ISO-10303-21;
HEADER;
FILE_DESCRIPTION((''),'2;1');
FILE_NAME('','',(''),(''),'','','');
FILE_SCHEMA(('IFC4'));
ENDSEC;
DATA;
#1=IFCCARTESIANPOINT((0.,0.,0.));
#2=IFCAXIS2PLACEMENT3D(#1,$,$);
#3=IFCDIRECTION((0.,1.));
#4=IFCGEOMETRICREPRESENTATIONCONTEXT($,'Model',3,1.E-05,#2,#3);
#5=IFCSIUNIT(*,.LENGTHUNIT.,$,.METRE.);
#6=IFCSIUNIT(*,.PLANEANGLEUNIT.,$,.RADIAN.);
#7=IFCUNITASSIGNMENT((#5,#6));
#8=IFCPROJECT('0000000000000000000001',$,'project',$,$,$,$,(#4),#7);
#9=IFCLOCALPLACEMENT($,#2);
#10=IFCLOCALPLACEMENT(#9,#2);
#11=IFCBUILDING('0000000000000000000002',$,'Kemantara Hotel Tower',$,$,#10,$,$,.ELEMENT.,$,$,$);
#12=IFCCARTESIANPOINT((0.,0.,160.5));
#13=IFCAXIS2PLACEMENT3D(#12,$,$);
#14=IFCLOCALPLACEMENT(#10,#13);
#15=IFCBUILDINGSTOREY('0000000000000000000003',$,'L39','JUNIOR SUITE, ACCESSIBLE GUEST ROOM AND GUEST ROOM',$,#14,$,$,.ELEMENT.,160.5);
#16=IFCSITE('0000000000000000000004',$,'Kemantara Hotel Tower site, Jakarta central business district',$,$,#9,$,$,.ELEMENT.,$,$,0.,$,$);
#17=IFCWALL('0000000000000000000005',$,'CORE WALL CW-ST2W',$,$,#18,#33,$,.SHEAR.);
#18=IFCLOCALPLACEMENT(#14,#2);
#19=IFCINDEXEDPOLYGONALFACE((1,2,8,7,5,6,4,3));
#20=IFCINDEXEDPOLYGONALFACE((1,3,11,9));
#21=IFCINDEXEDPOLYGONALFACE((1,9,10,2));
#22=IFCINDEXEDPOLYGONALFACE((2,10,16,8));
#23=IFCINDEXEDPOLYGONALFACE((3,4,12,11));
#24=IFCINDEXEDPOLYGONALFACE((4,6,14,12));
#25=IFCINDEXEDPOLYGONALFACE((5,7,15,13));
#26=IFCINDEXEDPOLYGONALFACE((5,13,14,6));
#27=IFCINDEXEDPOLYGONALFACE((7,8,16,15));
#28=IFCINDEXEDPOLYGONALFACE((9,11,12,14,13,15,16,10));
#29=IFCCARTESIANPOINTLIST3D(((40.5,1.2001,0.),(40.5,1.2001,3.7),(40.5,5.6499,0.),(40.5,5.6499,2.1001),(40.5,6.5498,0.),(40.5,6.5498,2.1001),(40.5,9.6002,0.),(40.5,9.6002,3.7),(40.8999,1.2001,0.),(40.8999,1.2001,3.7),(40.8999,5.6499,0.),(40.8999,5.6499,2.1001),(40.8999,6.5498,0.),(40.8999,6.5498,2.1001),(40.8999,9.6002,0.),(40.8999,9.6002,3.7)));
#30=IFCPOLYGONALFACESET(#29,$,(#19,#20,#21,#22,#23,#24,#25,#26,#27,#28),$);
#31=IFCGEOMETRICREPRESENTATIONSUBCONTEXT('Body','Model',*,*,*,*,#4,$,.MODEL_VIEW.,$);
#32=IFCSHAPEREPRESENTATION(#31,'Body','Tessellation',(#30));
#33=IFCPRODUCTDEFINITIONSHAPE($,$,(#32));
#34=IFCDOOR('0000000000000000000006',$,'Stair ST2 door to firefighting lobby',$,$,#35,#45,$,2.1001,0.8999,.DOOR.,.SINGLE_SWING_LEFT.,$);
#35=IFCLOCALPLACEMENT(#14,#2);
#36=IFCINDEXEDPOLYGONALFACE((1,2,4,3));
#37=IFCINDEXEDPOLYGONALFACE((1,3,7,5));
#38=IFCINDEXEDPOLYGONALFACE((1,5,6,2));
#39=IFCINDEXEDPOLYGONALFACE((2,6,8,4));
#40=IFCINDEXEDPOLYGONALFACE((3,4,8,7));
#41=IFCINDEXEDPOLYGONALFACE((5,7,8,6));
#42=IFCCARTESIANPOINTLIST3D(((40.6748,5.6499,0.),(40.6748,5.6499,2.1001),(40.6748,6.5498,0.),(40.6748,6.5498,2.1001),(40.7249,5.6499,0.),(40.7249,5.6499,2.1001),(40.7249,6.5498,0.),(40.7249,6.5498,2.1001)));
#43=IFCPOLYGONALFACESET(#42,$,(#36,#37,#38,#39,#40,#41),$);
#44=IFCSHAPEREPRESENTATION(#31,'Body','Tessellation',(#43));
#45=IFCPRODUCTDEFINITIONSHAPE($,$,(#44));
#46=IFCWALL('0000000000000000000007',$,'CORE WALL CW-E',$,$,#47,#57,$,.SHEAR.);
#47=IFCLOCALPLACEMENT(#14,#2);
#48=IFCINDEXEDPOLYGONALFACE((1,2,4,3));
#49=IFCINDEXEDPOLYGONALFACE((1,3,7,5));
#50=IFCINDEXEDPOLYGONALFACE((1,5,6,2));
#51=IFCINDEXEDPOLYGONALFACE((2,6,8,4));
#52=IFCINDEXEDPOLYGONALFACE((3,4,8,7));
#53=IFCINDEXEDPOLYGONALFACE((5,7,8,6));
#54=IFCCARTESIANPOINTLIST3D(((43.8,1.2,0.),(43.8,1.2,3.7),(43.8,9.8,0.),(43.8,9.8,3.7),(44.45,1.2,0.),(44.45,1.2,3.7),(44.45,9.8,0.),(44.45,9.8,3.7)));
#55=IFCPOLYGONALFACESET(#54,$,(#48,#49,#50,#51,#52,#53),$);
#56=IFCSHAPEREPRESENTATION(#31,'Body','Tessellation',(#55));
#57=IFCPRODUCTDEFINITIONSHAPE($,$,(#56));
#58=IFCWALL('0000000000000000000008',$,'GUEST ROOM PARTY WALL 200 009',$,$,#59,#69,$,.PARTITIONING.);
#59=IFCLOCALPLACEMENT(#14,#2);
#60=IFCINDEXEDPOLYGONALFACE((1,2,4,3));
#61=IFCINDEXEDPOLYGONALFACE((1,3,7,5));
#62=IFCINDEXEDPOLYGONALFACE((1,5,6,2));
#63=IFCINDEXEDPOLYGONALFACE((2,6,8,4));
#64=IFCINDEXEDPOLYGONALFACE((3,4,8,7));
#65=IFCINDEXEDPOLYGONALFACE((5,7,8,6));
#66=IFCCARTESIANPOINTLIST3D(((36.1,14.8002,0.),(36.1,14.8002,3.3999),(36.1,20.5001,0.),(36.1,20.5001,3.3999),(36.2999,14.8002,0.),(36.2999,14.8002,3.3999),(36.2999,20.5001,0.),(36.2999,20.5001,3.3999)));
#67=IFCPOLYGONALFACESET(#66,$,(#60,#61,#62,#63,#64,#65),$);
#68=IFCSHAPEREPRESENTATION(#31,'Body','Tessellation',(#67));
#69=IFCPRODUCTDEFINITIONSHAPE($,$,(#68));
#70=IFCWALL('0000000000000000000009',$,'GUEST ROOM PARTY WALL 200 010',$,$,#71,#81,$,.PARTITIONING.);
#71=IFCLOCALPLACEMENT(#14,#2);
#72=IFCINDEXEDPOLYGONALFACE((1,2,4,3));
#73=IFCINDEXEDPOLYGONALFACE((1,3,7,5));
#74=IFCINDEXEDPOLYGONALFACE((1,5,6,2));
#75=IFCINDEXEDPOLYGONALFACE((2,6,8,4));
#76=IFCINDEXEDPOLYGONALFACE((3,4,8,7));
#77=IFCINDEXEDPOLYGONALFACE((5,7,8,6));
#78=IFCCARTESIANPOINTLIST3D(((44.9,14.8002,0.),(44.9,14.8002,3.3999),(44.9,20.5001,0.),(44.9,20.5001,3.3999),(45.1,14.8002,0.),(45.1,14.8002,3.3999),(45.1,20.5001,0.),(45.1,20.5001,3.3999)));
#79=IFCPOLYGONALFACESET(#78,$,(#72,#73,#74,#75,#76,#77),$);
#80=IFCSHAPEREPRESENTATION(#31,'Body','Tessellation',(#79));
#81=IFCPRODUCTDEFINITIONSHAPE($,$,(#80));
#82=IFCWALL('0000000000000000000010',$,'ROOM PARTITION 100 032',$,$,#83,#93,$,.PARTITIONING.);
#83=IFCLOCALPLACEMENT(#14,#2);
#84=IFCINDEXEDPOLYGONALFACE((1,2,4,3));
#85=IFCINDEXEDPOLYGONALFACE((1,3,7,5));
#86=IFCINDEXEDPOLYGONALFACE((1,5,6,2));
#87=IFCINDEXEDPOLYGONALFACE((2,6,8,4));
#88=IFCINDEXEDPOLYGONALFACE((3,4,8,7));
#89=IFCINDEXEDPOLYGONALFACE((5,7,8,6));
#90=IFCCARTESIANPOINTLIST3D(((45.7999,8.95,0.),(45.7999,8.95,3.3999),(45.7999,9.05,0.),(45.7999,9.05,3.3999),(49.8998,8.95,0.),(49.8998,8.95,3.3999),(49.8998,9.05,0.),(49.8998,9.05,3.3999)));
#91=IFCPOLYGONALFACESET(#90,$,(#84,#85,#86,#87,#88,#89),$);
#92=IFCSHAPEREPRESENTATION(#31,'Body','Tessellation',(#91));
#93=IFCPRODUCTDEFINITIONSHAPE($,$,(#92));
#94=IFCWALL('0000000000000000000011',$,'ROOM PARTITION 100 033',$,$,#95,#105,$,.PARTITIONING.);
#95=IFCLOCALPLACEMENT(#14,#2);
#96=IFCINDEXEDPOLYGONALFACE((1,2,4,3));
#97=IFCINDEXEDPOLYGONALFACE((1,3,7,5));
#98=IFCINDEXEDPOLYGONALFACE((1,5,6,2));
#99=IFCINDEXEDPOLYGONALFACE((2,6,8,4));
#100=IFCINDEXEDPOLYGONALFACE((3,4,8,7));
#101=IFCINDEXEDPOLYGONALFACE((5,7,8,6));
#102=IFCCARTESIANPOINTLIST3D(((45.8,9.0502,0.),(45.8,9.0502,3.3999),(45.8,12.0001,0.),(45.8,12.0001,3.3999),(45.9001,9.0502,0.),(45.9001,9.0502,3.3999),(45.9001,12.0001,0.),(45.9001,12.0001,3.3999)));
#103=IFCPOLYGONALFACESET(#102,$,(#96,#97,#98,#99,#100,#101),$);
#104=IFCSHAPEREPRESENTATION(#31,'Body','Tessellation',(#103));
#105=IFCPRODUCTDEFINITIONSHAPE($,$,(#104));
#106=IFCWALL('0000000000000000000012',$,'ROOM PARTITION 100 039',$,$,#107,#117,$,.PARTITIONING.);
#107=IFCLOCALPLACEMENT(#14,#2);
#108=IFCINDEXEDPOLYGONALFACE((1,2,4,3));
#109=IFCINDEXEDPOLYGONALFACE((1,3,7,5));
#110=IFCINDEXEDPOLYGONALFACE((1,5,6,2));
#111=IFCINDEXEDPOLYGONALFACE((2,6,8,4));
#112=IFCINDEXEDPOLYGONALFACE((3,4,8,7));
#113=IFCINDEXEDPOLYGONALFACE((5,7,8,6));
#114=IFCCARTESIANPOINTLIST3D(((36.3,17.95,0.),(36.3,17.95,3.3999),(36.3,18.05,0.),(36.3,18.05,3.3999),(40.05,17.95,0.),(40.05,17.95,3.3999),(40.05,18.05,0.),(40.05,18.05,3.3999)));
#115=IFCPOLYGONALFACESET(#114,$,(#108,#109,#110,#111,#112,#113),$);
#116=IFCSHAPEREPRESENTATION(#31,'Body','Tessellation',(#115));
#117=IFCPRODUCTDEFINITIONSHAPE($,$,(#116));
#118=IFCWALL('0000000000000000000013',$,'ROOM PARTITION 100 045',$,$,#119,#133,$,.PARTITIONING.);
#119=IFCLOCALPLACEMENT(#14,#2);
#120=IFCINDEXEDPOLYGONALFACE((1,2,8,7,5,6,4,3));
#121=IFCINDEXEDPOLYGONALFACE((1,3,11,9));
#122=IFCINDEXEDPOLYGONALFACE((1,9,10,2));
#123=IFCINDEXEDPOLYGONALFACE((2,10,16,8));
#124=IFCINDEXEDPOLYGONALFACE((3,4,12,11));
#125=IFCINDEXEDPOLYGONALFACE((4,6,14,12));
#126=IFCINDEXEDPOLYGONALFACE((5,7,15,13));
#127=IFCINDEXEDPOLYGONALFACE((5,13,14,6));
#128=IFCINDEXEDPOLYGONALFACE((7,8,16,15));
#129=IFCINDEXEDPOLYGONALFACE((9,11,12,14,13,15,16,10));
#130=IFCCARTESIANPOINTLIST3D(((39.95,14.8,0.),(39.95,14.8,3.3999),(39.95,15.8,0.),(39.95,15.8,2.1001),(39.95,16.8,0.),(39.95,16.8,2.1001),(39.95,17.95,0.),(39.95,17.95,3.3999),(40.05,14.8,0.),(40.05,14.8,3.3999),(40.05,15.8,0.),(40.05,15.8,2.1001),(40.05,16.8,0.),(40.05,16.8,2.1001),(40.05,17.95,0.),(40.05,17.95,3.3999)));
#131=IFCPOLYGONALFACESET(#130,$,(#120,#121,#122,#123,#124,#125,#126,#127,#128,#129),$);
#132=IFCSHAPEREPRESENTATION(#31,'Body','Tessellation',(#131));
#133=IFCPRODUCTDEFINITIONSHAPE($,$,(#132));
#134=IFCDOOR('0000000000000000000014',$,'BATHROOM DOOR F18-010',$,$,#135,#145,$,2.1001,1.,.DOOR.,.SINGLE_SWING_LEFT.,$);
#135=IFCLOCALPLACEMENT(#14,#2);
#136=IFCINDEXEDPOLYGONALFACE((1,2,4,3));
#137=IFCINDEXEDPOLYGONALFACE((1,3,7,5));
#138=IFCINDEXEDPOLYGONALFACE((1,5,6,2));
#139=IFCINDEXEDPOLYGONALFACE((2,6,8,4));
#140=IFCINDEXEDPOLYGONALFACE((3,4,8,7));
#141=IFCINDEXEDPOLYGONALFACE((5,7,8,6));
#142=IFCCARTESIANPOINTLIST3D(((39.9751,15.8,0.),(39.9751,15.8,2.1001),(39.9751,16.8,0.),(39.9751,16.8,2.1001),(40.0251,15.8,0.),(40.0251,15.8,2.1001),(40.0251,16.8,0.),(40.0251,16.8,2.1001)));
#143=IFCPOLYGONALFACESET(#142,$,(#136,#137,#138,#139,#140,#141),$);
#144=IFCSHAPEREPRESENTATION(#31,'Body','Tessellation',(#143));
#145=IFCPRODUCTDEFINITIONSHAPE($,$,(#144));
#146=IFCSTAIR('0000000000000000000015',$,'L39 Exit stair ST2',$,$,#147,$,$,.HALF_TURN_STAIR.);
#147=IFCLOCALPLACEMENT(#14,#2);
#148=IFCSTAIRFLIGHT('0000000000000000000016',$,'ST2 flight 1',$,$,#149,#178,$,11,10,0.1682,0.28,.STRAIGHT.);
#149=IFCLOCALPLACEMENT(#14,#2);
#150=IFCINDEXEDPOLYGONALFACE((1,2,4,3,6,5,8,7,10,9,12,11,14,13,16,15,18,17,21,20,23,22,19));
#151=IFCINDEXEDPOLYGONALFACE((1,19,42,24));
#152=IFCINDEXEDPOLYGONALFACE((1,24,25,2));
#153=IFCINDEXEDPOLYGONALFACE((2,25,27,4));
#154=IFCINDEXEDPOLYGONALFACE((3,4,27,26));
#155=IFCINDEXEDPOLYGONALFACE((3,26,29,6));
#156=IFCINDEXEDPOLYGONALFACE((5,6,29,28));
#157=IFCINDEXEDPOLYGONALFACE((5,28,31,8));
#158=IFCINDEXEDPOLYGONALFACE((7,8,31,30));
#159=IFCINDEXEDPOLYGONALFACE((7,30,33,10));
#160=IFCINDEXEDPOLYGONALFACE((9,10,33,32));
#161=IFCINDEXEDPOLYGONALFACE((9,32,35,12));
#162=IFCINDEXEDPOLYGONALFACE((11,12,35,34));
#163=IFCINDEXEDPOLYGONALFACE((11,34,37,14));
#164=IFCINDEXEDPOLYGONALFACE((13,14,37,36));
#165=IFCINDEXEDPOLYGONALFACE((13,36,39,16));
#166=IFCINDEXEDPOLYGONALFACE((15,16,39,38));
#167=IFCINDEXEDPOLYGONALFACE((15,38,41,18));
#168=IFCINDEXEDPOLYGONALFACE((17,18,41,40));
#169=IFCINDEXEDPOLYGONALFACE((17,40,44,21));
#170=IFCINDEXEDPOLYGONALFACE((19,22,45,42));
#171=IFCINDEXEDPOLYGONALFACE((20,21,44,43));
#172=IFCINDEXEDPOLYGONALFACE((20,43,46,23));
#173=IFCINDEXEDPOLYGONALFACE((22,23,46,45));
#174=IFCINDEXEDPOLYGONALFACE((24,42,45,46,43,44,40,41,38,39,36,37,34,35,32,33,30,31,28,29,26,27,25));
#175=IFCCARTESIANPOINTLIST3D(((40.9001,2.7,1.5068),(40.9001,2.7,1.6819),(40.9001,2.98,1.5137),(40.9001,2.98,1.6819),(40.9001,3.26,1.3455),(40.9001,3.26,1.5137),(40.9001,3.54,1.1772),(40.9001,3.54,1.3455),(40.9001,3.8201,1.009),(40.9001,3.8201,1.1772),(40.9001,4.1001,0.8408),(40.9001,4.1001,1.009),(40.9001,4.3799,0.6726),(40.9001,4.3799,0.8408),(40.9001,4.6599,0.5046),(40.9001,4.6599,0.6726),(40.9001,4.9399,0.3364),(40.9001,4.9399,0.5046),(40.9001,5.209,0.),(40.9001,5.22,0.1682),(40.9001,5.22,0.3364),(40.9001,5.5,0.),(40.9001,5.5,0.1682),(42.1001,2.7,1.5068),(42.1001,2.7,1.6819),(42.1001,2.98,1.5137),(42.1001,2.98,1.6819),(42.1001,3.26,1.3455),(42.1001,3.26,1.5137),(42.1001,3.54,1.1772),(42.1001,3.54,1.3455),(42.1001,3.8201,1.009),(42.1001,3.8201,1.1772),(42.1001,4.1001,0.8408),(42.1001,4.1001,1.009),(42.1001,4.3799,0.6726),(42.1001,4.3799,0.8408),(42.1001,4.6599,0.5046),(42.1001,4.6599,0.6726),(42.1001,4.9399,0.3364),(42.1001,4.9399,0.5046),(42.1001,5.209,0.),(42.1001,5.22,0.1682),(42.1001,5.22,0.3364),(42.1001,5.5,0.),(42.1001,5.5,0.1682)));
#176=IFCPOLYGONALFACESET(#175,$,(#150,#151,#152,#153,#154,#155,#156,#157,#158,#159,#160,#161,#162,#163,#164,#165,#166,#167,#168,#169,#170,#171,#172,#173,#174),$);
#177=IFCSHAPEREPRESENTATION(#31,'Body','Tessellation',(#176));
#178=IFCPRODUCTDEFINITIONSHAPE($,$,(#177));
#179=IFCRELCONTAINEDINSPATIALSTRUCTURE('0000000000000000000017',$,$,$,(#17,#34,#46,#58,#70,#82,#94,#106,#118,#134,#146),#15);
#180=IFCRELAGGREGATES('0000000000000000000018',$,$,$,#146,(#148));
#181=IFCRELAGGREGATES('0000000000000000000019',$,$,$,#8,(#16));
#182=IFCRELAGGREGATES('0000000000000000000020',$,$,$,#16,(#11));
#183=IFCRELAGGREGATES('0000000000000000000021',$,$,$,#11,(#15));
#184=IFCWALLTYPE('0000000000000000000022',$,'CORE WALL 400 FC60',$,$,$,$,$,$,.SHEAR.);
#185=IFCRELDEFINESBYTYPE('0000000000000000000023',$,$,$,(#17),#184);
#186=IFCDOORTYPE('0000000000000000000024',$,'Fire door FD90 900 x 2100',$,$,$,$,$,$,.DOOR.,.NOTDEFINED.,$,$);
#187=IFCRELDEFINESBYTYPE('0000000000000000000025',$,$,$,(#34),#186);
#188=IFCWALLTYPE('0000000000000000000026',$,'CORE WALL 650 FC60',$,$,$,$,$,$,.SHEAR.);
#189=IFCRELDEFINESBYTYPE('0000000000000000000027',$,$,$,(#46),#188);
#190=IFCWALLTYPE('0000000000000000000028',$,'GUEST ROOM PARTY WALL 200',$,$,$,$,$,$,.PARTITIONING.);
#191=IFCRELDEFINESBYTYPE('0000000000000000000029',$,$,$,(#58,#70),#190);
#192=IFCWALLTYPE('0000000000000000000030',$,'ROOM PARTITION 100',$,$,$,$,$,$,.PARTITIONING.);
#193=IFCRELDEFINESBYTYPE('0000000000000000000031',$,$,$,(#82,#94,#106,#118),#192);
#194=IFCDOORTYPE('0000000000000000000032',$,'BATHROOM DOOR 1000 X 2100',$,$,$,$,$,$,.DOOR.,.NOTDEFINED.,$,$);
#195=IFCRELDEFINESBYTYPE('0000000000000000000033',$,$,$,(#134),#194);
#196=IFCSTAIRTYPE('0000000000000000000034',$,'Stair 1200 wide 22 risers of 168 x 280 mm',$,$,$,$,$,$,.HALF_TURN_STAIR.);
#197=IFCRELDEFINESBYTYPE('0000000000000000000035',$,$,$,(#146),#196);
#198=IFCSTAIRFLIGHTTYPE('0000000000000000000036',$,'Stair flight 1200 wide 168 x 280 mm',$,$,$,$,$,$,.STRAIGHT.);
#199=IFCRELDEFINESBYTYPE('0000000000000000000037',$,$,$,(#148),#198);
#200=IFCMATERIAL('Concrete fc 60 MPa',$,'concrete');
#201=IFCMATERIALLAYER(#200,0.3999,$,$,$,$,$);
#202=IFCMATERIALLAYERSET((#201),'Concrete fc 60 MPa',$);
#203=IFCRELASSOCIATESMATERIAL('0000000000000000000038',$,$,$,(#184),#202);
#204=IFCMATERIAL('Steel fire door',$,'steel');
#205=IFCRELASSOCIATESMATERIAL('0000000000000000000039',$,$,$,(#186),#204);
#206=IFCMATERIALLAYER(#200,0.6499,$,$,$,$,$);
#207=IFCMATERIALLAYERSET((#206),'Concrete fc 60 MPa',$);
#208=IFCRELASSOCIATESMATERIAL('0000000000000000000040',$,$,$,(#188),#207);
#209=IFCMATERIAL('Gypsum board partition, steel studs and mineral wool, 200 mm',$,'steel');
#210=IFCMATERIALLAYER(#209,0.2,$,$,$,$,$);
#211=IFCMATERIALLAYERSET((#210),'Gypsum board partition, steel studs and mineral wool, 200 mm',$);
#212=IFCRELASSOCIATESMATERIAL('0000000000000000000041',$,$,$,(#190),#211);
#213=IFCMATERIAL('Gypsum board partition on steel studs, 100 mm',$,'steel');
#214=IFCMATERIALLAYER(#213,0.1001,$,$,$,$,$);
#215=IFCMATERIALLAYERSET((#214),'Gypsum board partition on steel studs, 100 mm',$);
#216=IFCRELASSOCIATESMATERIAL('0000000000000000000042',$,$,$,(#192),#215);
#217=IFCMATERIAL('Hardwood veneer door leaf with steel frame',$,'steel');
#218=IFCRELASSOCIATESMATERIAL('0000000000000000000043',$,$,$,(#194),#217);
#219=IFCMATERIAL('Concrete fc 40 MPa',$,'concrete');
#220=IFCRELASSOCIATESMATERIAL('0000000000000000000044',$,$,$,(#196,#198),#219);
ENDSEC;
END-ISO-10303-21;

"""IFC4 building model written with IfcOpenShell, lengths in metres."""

from ifc_helpers import new_model, si_unit, direction, frame, frame_2d, origin, place, context, subcontext, project, spatial, polyline, rectangle, outline, extrude, material, layer, layer_set, type_object, element, fill, aggregate, save


model = new_model("IFC4")

# Units and contexts
model_context = context("Model", 3, precision=1e-05, world=origin(), true_north=direction((0.0, 1.0)))
body_context = subcontext(model_context, "Body", "Model", "MODEL_VIEW")
ifc_project = project(units=[si_unit("LENGTHUNIT", "METRE"), si_unit("PLANEANGLEUNIT", "RADIAN")], contexts=[model_context])

# Site, building, storey
site_placement = place(None, origin())
site = spatial("IfcSite", under=ifc_project, at=site_placement, Name="Kemantara Hotel Tower site, Jakarta central business district", CompositionType="ELEMENT", RefElevation=0.0)
building_placement = place(site_placement, origin())
building = spatial("IfcBuilding", under=site, at=building_placement, Name="Kemantara Hotel Tower", CompositionType="ELEMENT")
storey_placement = place(building_placement, frame((0.0, 0.0, 160.5)))
storey = spatial("IfcBuildingStorey", under=building, at=storey_placement, Name="L39", Description="JUNIOR SUITE, ACCESSIBLE GUEST ROOM AND GUEST ROOM", CompositionType="ELEMENT", Elevation=160.5)

# Shared definitions
ifc_material_1 = material(Name="Concrete fc 60 MPa", Category="concrete")

# Wall, opening, door
ifc_layer_1 = layer(ifc_material_1, 0.3999)
ifc_layer_set_1 = layer_set([ifc_layer_1], Name="Concrete fc 60 MPa")
wall_type_1 = type_object("IfcWallType", Name="CORE WALL 400 FC60", PredefinedType="SHEAR", material=ifc_layer_set_1)
ifc_material_2 = material(Name="Steel fire door", Category="steel")
wall_1_placement = place(storey_placement, frame((40.7, 1.2, 0.0), z_axis=(0.0, 0.0, 1.0), x_axis=(0.0, 1.0, 0.0)))
wall_1 = element("IfcWall", 1, at=wall_1_placement, inside=storey, type_object=wall_type_1, Name="CORE WALL CW-ST2W", PredefinedType="SHEAR", context=body_context, shape_type="SweptSolid", body=[
    extrude(rectangle(XDim=8.4001, YDim=0.3999, at=frame_2d((4.2002, 0.0))), origin(), (0.0, 0.0, 1.0), 3.7),
])
opening_1_placement = place(wall_1_placement, frame((4.45, 0.0, 0.0)))
opening_1 = element("IfcOpeningElement", 2, at=opening_1_placement, cuts=wall_1, PredefinedType="OPENING", context=body_context, shape_type="SweptSolid", body=[
    extrude(rectangle(XDim=0.8999, YDim=2.1001, at=frame_2d((0.45, 1.05))), frame((0.0, 0.21, 0.0), z_axis=(0.0, -1.0, 0.0), x_axis=(1.0, 0.0, 0.0)), (0.0, 0.0, 1.0), 0.4199),
])
door_type_1 = type_object("IfcDoorType", Name="Fire door FD90 900 x 2100", OperationType="NOTDEFINED", PredefinedType="DOOR", material=ifc_material_2)
door_1_placement = place(opening_1_placement, frame((0.8999, 0.0, 0.0), z_axis=(0.0, 0.0, 1.0), x_axis=(-1.0, 0.0, 0.0)))
door_1 = element("IfcDoor", 3, at=door_1_placement, inside=storey, type_object=door_type_1, Name="Stair ST2 door to firefighting lobby", OperationType="SINGLE_SWING_LEFT", OverallHeight=2.1001, OverallWidth=0.8999, PredefinedType="DOOR", context=body_context, shape_type="SweptSolid", body=[
    extrude(rectangle(XDim=0.8999, YDim=2.1001, at=frame_2d((0.45, 1.05))), frame((0.0, 0.0249, 0.0), z_axis=(0.0, -1.0, 0.0), x_axis=(1.0, 0.0, 0.0)), (0.0, 0.0, 1.0), 0.05),
])
fill(opening_1, door_1)

# Walls
ifc_layer_2 = layer(ifc_material_1, 0.6499)
ifc_layer_set_2 = layer_set([ifc_layer_2], Name="Concrete fc 60 MPa")
wall_type_2 = type_object("IfcWallType", Name="CORE WALL 650 FC60", PredefinedType="SHEAR", material=ifc_layer_set_2)
wall_2_placement = place(storey_placement, frame((44.125, 1.2, 0.0), z_axis=(0.0, 0.0, 1.0), x_axis=(0.0, 1.0, 0.0)))
element("IfcWall", 4, at=wall_2_placement, inside=storey, type_object=wall_type_2, Name="CORE WALL CW-E", PredefinedType="SHEAR", context=body_context, shape_type="SweptSolid", body=[
    extrude(rectangle(XDim=8.6001, YDim=0.6499, at=frame_2d((4.3, 0.0))), origin(), (0.0, 0.0, 1.0), 3.7),
])
ifc_material_3 = material(Name="Gypsum board partition, steel studs and mineral wool, 200 mm", Category="steel")
ifc_layer_3 = layer(ifc_material_3, 0.2)
ifc_layer_set_3 = layer_set([ifc_layer_3], Name="Gypsum board partition, steel studs and mineral wool, 200 mm")
wall_type_3 = type_object("IfcWallType", Name="GUEST ROOM PARTY WALL 200", PredefinedType="PARTITIONING", material=ifc_layer_set_3)
for number, where, z_axis, x_axis, name in (
    (5, (36.2, 14.8, 0.0), (0.0, 0.0, 1.0), (0.0, 1.0, 0.0), "GUEST ROOM PARTY WALL 200 009"),
    (6, (45.0, 14.8, 0.0), (0.0, 0.0, 1.0), (0.0, 1.0, 0.0), "GUEST ROOM PARTY WALL 200 010"),
):
    element("IfcWall", number, at=place(storey_placement, frame(where, z_axis=z_axis, x_axis=x_axis)), inside=storey, type_object=wall_type_3, Name=name, PredefinedType="PARTITIONING", context=body_context, shape_type="SweptSolid", body=[
        extrude(rectangle(XDim=5.7, YDim=0.2, at=frame_2d((2.8501, 0.0))), origin(), (0.0, 0.0, 1.0), 3.3999),
    ])
ifc_material_4 = material(Name="Gypsum board partition on steel studs, 100 mm", Category="steel")
ifc_layer_4 = layer(ifc_material_4, 0.1001)
ifc_layer_set_4 = layer_set([ifc_layer_4], Name="Gypsum board partition on steel studs, 100 mm")
wall_type_4 = type_object("IfcWallType", Name="ROOM PARTITION 100", PredefinedType="PARTITIONING", material=ifc_layer_set_4)
wall_3_placement = place(storey_placement, frame((45.8, 9.0, 0.0), z_axis=(0.0, 0.0, 1.0), x_axis=(1.0, 0.0, 0.0)))
element("IfcWall", 7, at=wall_3_placement, inside=storey, type_object=wall_type_4, Name="ROOM PARTITION 100 032", PredefinedType="PARTITIONING", context=body_context, shape_type="SweptSolid", body=[
    extrude(rectangle(XDim=4.0999, YDim=0.1001, at=frame_2d((2.0498, 0.0))), origin(), (0.0, 0.0, 1.0), 3.3999),
])
wall_4_placement = place(storey_placement, frame((45.8501, 9.05, 0.0), z_axis=(0.0, 0.0, 1.0), x_axis=(0.0, 1.0, 0.0)))
element("IfcWall", 8, at=wall_4_placement, inside=storey, type_object=wall_type_4, Name="ROOM PARTITION 100 033", PredefinedType="PARTITIONING", context=body_context, shape_type="SweptSolid", body=[
    extrude(rectangle(XDim=2.95, YDim=0.1001, at=frame_2d((1.4751, 0.0))), origin(), (0.0, 0.0, 1.0), 3.3999),
])
wall_5_placement = place(storey_placement, frame((36.3, 18.0, 0.0), z_axis=(0.0, 0.0, 1.0), x_axis=(1.0, 0.0, 0.0)))
element("IfcWall", 9, at=wall_5_placement, inside=storey, type_object=wall_type_4, Name="ROOM PARTITION 100 039", PredefinedType="PARTITIONING", context=body_context, shape_type="SweptSolid", body=[
    extrude(rectangle(XDim=3.75, YDim=0.1001, at=frame_2d((1.875, 0.0))), origin(), (0.0, 0.0, 1.0), 3.3999),
])

# Wall, opening, door
wall_6_placement = place(storey_placement, frame((40.0, 14.8, 0.0), z_axis=(0.0, 0.0, 1.0), x_axis=(0.0, 1.0, 0.0)))
wall_6 = element("IfcWall", 10, at=wall_6_placement, inside=storey, type_object=wall_type_4, Name="ROOM PARTITION 100 045", PredefinedType="PARTITIONING", context=body_context, shape_type="SweptSolid", body=[
    extrude(rectangle(XDim=3.1499, YDim=0.1001, at=frame_2d((1.575, 0.0))), origin(), (0.0, 0.0, 1.0), 3.3999),
])
opening_2_placement = place(wall_6_placement, frame((1.0, 0.0, 0.0)))
opening_2 = element("IfcOpeningElement", 11, at=opening_2_placement, cuts=wall_6, PredefinedType="OPENING", context=body_context, shape_type="SweptSolid", body=[
    extrude(rectangle(XDim=1.0, YDim=2.1001, at=frame_2d((0.5, 1.05))), frame((0.0, 0.0601, 0.0), z_axis=(0.0, -1.0, 0.0), x_axis=(1.0, 0.0, 0.0)), (0.0, 0.0, 1.0), 0.1201),
])
ifc_material_5 = material(Name="Hardwood veneer door leaf with steel frame", Category="steel")
door_type_2 = type_object("IfcDoorType", Name="BATHROOM DOOR 1000 X 2100", OperationType="NOTDEFINED", PredefinedType="DOOR", material=ifc_material_5)
door_2_placement = place(opening_2_placement, origin())
door_2 = element("IfcDoor", 12, at=door_2_placement, inside=storey, type_object=door_type_2, Name="BATHROOM DOOR F18-010", OperationType="SINGLE_SWING_LEFT", OverallHeight=2.1001, OverallWidth=1.0, PredefinedType="DOOR", context=body_context, shape_type="SweptSolid", body=[
    extrude(rectangle(XDim=1.0, YDim=2.1001, at=frame_2d((0.5, 1.05))), frame((0.0, 0.0249, 0.0), z_axis=(0.0, -1.0, 0.0), x_axis=(1.0, 0.0, 0.0)), (0.0, 0.0, 1.0), 0.05),
])
fill(opening_2, door_2)

# Stair, stair flight
ifc_material_6 = material(Name="Concrete fc 40 MPa", Category="concrete")
stair_type = type_object("IfcStairType", Name="Stair 1200 wide 22 risers of 168 x 280 mm", PredefinedType="HALF_TURN_STAIR", material=ifc_material_6)
stair_placement = place(storey_placement, origin())
stair = element("IfcStair", 13, at=stair_placement, inside=storey, type_object=stair_type, Name="L39 Exit stair ST2", PredefinedType="HALF_TURN_STAIR")
stair_flight_type = type_object("IfcStairFlightType", Name="Stair flight 1200 wide 168 x 280 mm", PredefinedType="STRAIGHT", material=ifc_material_6)
stair_flight_1_placement = place(storey_placement, frame((41.5, 5.5, 0.0), z_axis=(0.0, 0.0, 1.0), x_axis=(0.0, -1.0, 0.0)))
stair_flight_1 = element("IfcStairFlight", 14, at=stair_flight_1_placement, type_object=stair_flight_type, Name="ST2 flight 1", NumberOfRisers=11, NumberOfTreads=10, PredefinedType="STRAIGHT", RiserHeight=0.1682, TreadLength=0.28, context=body_context, shape_type="SweptSolid", body=[
    extrude(outline(polyline([(0.0, 0.0), (0.0, 0.1682), (0.28, 0.1682), (0.28, 0.3364), (0.5601, 0.3364), (0.5601, 0.5046), (0.8401, 0.5046), (0.8401, 0.6726), (1.1201, 0.6726), (1.1201, 0.8408), (1.3999, 0.8408), (1.3999, 1.009), (1.6799, 1.009), (1.6799, 1.1772), (1.96, 1.1772), (1.96, 1.3455), (2.24, 1.3455), (2.24, 1.5137), (2.52, 1.5137), (2.52, 1.6819), (2.8, 1.6819), (2.8, 1.8501), (2.8, 1.5068), (0.291, 0.0), (0.0, 0.0)])), frame((0.0, 0.6001, 0.0), z_axis=(0.0, -1.0, 0.0), x_axis=(1.0, 0.0, 0.0)), (0.0, 0.0, 1.0), 1.2),
])
aggregate(stair, [stair_flight_1])

save(model, "model.ifc")
